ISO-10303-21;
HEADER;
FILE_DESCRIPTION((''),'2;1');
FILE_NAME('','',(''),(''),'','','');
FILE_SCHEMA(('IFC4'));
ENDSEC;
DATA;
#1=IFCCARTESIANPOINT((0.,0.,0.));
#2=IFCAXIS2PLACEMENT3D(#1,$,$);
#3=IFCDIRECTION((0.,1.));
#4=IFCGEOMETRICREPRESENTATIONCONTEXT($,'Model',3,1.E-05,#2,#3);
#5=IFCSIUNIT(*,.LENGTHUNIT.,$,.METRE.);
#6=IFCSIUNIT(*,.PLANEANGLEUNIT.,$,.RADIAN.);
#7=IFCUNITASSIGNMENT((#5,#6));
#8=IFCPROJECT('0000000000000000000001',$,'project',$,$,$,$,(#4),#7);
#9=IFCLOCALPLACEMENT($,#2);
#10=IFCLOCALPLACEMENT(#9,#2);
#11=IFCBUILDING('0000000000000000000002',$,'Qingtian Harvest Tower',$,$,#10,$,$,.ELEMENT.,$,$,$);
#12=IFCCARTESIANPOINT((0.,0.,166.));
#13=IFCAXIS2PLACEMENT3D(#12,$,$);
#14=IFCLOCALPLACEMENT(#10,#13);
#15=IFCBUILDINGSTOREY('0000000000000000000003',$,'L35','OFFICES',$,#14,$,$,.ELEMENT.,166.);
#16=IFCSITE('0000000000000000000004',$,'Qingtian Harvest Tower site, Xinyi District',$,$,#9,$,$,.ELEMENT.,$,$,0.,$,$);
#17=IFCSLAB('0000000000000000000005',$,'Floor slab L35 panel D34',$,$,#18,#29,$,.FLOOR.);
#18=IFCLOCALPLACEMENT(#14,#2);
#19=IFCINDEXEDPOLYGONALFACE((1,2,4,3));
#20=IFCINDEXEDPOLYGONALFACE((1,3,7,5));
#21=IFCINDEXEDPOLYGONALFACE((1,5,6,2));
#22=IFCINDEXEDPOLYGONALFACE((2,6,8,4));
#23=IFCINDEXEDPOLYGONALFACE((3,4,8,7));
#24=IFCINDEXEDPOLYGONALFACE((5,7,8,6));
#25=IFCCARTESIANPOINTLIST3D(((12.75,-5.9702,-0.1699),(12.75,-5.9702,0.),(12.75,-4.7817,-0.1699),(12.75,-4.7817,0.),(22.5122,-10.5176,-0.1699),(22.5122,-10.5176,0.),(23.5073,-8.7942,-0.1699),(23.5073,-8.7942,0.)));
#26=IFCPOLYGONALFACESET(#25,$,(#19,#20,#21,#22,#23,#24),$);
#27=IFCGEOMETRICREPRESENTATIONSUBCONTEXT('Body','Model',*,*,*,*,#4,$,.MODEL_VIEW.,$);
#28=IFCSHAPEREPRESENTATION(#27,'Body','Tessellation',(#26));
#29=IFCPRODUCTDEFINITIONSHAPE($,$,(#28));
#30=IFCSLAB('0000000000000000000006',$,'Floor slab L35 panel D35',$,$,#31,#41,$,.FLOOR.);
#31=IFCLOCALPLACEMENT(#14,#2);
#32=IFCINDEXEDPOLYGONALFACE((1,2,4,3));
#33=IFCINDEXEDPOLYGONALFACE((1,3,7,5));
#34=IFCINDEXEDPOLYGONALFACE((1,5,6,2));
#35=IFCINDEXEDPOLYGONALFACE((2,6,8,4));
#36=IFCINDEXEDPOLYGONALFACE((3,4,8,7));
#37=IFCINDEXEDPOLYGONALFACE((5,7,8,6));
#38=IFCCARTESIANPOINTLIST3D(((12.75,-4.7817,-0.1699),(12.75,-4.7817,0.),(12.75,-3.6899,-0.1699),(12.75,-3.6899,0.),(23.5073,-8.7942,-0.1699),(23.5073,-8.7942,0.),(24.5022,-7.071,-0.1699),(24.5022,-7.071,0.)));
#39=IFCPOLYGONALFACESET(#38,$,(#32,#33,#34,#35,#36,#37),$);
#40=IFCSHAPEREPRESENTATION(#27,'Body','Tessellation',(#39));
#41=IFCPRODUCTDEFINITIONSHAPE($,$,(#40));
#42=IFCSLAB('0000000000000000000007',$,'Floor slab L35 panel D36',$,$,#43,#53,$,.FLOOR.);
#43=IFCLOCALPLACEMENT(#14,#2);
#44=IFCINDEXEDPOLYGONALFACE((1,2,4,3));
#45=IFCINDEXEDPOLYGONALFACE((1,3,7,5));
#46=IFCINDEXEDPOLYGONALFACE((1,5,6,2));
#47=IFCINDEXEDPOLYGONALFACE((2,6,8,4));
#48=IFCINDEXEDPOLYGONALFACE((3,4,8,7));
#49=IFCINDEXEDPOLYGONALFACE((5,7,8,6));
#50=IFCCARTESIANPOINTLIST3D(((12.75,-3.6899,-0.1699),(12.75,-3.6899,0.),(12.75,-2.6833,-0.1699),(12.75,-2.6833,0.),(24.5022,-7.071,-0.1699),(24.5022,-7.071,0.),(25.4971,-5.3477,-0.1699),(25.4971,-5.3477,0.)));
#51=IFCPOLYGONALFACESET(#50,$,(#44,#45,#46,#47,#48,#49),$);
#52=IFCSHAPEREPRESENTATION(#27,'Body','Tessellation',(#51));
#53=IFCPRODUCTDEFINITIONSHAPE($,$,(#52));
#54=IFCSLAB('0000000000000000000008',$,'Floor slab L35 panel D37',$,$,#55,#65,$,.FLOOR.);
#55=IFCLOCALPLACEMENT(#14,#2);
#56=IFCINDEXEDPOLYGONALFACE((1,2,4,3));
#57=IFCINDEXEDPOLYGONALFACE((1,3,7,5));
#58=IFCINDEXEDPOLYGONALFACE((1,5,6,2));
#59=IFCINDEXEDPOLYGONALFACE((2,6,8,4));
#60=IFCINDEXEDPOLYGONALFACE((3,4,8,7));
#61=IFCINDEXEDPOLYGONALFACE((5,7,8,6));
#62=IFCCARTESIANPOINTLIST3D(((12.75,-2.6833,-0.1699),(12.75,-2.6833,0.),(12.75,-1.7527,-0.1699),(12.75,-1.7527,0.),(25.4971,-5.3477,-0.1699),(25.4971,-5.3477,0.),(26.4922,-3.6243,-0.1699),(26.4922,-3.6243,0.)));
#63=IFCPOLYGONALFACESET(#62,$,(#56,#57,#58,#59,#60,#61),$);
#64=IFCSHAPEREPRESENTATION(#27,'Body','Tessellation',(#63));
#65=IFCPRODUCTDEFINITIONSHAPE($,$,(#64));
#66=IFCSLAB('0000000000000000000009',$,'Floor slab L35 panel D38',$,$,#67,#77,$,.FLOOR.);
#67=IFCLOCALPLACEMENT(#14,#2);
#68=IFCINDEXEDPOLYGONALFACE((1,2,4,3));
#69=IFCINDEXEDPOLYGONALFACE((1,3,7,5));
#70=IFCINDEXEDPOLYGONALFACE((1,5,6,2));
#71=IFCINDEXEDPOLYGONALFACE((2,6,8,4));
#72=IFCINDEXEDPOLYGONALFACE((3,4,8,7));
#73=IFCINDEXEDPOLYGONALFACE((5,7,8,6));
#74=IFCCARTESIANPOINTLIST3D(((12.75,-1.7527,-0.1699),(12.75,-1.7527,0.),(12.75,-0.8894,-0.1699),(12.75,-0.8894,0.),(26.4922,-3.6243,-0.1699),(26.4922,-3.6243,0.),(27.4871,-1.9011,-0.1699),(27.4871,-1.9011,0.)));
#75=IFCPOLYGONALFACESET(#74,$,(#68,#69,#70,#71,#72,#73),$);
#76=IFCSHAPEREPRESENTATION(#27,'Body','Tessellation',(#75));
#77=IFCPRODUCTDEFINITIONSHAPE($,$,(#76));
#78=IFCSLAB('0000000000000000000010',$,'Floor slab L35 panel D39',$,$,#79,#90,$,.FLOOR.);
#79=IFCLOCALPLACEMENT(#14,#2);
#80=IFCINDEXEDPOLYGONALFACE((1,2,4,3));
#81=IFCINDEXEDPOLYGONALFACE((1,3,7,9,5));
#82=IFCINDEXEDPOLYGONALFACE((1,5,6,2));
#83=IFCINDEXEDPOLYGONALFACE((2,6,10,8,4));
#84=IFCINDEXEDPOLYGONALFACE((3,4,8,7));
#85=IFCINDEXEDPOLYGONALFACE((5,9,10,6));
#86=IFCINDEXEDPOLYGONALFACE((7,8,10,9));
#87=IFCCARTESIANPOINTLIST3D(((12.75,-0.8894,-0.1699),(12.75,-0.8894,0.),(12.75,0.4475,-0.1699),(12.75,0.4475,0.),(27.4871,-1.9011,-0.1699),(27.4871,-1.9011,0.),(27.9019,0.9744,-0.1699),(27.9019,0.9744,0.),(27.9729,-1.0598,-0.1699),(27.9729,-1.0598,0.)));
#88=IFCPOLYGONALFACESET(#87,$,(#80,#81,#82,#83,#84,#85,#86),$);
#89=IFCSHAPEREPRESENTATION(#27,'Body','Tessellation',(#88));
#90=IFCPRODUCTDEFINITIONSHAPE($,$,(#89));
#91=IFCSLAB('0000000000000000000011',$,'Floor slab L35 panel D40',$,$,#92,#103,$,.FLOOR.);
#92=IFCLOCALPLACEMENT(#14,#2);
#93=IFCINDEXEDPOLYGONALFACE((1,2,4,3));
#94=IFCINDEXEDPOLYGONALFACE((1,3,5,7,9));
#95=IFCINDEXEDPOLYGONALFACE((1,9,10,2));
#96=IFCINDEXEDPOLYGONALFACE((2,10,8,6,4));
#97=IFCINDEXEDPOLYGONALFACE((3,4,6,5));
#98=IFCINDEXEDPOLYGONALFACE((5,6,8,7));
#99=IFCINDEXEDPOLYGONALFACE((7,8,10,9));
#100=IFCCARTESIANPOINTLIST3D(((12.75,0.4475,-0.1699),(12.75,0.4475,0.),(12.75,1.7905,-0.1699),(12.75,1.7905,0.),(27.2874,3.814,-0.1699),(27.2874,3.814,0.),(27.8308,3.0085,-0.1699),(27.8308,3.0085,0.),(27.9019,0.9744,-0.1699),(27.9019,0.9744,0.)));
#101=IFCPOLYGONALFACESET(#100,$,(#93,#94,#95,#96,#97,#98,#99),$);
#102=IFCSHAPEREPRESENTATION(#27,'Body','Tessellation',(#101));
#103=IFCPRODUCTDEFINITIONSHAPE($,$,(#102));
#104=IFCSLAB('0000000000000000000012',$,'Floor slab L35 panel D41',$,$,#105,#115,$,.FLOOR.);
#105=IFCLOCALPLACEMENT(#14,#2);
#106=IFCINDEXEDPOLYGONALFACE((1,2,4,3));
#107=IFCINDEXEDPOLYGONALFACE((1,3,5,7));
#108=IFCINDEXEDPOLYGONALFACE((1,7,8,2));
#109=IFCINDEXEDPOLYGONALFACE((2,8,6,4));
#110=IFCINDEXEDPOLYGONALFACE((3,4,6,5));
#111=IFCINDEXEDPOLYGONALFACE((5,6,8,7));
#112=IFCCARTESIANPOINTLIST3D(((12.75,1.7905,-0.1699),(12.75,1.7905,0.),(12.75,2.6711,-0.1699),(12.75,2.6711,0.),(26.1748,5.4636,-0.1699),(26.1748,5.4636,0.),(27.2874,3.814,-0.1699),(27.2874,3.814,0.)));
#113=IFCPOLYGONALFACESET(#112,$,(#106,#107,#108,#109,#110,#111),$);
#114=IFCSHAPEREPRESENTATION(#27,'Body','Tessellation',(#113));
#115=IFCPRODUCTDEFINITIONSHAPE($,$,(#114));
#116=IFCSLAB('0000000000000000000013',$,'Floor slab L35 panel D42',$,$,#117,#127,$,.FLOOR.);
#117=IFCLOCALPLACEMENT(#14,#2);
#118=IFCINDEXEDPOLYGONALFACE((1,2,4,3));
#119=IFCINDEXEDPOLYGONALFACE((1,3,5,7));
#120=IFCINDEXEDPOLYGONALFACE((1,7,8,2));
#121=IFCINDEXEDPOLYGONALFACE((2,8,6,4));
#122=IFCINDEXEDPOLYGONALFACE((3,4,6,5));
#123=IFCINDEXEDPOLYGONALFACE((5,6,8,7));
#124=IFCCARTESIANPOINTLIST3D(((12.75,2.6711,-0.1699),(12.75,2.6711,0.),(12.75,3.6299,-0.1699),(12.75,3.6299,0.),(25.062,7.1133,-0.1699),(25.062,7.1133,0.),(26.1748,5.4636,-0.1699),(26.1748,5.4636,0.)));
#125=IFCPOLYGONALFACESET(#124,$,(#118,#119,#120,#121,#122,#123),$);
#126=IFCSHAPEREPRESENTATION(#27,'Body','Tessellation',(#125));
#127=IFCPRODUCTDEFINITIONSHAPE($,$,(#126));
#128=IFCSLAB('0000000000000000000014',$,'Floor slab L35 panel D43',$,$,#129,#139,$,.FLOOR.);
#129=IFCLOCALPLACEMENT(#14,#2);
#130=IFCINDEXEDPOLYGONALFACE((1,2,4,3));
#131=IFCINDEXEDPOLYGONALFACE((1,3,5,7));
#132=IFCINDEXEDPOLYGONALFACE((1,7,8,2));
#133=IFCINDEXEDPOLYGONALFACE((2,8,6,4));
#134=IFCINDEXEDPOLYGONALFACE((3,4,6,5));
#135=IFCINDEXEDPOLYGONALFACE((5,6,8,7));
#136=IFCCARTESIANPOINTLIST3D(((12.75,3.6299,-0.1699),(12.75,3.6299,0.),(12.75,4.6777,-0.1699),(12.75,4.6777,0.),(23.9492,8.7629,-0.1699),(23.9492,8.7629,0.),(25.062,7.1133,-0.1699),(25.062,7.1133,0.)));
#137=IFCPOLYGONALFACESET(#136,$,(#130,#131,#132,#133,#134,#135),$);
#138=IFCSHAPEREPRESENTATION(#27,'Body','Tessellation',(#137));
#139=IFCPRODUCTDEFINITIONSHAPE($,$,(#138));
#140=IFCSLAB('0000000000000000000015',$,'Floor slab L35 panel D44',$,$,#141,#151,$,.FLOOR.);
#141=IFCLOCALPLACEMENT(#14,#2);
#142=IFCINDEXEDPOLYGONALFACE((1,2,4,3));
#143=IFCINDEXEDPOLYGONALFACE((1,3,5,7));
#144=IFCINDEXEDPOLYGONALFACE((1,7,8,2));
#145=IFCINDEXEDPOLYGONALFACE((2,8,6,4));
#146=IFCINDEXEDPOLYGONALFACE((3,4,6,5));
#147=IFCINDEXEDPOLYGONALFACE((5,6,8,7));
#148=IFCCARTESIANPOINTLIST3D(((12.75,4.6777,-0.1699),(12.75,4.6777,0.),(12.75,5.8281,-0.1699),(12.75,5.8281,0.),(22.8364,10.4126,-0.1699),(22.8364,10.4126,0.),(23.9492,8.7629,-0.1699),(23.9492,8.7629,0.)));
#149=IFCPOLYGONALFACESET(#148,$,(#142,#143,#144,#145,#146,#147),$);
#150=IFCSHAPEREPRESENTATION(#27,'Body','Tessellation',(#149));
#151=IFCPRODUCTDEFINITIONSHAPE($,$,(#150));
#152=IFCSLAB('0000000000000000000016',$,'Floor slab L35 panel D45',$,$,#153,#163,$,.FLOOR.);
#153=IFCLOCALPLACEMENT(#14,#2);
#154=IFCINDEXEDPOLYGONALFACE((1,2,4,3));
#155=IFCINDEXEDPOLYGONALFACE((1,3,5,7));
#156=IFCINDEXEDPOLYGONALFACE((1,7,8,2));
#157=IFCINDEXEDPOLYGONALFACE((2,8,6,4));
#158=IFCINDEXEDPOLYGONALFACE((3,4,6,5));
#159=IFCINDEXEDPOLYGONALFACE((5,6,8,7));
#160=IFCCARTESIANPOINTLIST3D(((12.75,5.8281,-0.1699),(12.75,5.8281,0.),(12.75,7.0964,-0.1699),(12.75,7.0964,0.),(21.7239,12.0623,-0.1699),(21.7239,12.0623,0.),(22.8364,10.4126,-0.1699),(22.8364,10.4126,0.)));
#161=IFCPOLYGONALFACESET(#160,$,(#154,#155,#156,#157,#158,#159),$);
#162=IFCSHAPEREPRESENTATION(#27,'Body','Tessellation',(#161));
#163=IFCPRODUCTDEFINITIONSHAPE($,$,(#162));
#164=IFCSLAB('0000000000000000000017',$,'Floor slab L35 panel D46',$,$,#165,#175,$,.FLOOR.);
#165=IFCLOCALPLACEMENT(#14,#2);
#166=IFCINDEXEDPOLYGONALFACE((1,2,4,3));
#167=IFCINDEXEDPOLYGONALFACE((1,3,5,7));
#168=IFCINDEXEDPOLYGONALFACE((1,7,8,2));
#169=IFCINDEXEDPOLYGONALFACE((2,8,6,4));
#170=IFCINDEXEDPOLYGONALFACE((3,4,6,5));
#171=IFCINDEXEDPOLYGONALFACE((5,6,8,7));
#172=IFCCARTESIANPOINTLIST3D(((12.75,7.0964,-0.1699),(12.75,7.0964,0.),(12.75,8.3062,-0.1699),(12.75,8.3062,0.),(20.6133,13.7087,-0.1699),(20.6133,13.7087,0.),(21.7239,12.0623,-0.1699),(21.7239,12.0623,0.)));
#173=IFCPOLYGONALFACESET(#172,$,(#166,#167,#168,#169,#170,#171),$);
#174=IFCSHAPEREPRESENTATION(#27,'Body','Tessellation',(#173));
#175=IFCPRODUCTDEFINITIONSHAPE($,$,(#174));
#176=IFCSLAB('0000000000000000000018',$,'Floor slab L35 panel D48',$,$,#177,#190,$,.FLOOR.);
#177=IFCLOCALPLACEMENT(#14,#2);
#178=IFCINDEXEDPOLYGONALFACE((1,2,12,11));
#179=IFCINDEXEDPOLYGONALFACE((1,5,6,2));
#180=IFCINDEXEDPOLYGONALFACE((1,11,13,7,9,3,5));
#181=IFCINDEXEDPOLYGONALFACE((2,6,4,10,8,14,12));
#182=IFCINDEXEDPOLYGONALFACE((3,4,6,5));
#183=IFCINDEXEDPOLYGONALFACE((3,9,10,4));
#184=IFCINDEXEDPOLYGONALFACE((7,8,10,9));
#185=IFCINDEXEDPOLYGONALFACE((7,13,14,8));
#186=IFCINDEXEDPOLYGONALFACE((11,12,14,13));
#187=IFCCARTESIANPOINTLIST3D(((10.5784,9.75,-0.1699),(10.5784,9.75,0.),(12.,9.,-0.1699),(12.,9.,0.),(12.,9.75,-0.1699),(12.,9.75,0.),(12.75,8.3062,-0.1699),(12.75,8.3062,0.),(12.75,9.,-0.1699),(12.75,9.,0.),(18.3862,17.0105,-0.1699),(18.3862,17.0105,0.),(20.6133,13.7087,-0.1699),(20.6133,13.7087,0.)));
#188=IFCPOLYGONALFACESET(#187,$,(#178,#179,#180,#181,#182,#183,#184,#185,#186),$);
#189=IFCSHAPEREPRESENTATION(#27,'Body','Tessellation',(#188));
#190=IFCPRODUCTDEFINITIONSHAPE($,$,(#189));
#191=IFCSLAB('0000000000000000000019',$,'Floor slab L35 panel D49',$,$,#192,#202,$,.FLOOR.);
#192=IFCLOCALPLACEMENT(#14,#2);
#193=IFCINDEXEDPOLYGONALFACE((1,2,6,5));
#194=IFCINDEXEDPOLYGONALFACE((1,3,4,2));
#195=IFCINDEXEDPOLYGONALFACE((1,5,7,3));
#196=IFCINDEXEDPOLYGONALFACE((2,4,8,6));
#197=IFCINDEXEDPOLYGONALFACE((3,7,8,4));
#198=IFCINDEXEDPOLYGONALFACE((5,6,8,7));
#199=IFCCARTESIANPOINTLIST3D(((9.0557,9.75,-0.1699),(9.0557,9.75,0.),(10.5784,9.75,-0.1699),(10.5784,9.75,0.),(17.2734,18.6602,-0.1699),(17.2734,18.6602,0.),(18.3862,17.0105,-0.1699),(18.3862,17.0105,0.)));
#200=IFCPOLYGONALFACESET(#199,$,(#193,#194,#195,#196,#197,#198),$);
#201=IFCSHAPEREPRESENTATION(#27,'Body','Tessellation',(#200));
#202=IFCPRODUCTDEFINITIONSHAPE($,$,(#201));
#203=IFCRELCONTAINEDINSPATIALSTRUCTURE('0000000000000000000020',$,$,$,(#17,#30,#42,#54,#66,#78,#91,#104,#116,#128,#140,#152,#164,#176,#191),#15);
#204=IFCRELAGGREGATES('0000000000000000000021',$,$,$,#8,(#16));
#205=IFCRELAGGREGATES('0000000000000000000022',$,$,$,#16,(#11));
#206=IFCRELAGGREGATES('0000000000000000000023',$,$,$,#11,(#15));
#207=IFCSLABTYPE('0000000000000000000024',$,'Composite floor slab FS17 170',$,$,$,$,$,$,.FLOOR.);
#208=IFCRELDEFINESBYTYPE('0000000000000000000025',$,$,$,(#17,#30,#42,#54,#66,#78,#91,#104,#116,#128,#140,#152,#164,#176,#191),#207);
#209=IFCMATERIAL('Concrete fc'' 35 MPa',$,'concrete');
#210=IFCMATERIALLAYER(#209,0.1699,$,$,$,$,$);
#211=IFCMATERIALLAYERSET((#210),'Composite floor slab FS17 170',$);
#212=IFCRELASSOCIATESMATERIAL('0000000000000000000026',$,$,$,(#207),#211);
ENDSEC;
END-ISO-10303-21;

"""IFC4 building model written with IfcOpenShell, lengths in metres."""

from ifc_helpers import new_model, si_unit, direction, frame, origin, place, context, subcontext, project, spatial, polyline, outline, extrude, material, layer, layer_set, type_object, element, save


model = new_model("IFC4")

# Units and contexts
model_context = context("Model", 3, precision=1e-05, world=origin(), true_north=direction((0.0, 1.0)))
body_context = subcontext(model_context, "Body", "Model", "MODEL_VIEW")
ifc_project = project(units=[si_unit("LENGTHUNIT", "METRE"), si_unit("PLANEANGLEUNIT", "RADIAN")], contexts=[model_context])

# Site, building, storey
site_placement = place(None, origin())
site = spatial("IfcSite", under=ifc_project, at=site_placement, Name="Qingtian Harvest Tower site, Xinyi District", CompositionType="ELEMENT", RefElevation=0.0)
building_placement = place(site_placement, origin())
building = spatial("IfcBuilding", under=site, at=building_placement, Name="Qingtian Harvest Tower", CompositionType="ELEMENT")
storey_placement = place(building_placement, frame((0.0, 0.0, 166.0)))
storey = spatial("IfcBuildingStorey", under=building, at=storey_placement, Name="L35", Description="OFFICES", CompositionType="ELEMENT", Elevation=166.0)

# Slabs
ifc_material_1 = material(Name="Concrete fc' 35 MPa", Category="concrete")
ifc_layer_1 = layer(ifc_material_1, 0.1699)
ifc_layer_set_1 = layer_set([ifc_layer_1], Name="Composite floor slab FS17 170")
slab_type = type_object("IfcSlabType", Name="Composite floor slab FS17 170", PredefinedType="FLOOR", material=ifc_layer_set_1)
slab_1_placement = place(storey_placement, frame((0.0, 0.0, -0.1699)))
element("IfcSlab", 1, at=slab_1_placement, inside=storey, type_object=slab_type, Name="Floor slab L35 panel D34", PredefinedType="FLOOR", context=body_context, shape_type="SweptSolid", body=[
    extrude(outline(polyline([(12.75, -4.7817), (23.5073, -8.7942), (22.5122, -10.5176), (12.75, -5.9702), (12.75, -4.7817)])), origin(), (0.0, 0.0, 1.0), 0.1699),
])
slab_2_placement = place(storey_placement, frame((0.0, 0.0, -0.1699)))
element("IfcSlab", 2, at=slab_2_placement, inside=storey, type_object=slab_type, Name="Floor slab L35 panel D35", PredefinedType="FLOOR", context=body_context, shape_type="SweptSolid", body=[
    extrude(outline(polyline([(12.75, -3.6899), (24.5022, -7.071), (23.5073, -8.7942), (12.75, -4.7817), (12.75, -3.6899)])), origin(), (0.0, 0.0, 1.0), 0.1699),
])
slab_3_placement = place(storey_placement, frame((0.0, 0.0, -0.1699)))
element("IfcSlab", 3, at=slab_3_placement, inside=storey, type_object=slab_type, Name="Floor slab L35 panel D36", PredefinedType="FLOOR", context=body_context, shape_type="SweptSolid", body=[
    extrude(outline(polyline([(12.75, -2.6833), (25.4971, -5.3477), (24.5022, -7.071), (12.75, -3.6899), (12.75, -2.6833)])), origin(), (0.0, 0.0, 1.0), 0.1699),
])
slab_4_placement = place(storey_placement, frame((0.0, 0.0, -0.1699)))
element("IfcSlab", 4, at=slab_4_placement, inside=storey, type_object=slab_type, Name="Floor slab L35 panel D37", PredefinedType="FLOOR", context=body_context, shape_type="SweptSolid", body=[
    extrude(outline(polyline([(12.75, -1.7527), (26.4922, -3.6243), (25.4971, -5.3477), (12.75, -2.6833), (12.75, -1.7527)])), origin(), (0.0, 0.0, 1.0), 0.1699),
])
slab_5_placement = place(storey_placement, frame((0.0, 0.0, -0.1699)))
element("IfcSlab", 5, at=slab_5_placement, inside=storey, type_object=slab_type, Name="Floor slab L35 panel D38", PredefinedType="FLOOR", context=body_context, shape_type="SweptSolid", body=[
    extrude(outline(polyline([(12.75, -0.8894), (27.4871, -1.9011), (26.4922, -3.6243), (12.75, -1.7527), (12.75, -0.8894)])), origin(), (0.0, 0.0, 1.0), 0.1699),
])
slab_6_placement = place(storey_placement, frame((0.0, 0.0, -0.1699)))
element("IfcSlab", 6, at=slab_6_placement, inside=storey, type_object=slab_type, Name="Floor slab L35 panel D39", PredefinedType="FLOOR", context=body_context, shape_type="SweptSolid", body=[
    extrude(outline(polyline([(12.75, -0.8894), (12.75, 0.4475), (27.9019, 0.9744), (27.9729, -1.0598), (27.4871, -1.9011), (12.75, -0.8894)])), origin(), (0.0, 0.0, 1.0), 0.1699),
])
slab_7_placement = place(storey_placement, frame((0.0, 0.0, -0.1699)))
element("IfcSlab", 7, at=slab_7_placement, inside=storey, type_object=slab_type, Name="Floor slab L35 panel D40", PredefinedType="FLOOR", context=body_context, shape_type="SweptSolid", body=[
    extrude(outline(polyline([(12.75, 0.4475), (12.75, 1.7905), (27.2874, 3.814), (27.8308, 3.0085), (27.9019, 0.9744), (12.75, 0.4475)])), origin(), (0.0, 0.0, 1.0), 0.1699),
])
slab_8_placement = place(storey_placement, frame((0.0, 0.0, -0.1699)))
element("IfcSlab", 8, at=slab_8_placement, inside=storey, type_object=slab_type, Name="Floor slab L35 panel D41", PredefinedType="FLOOR", context=body_context, shape_type="SweptSolid", body=[
    extrude(outline(polyline([(12.75, 2.6711), (26.1748, 5.4636), (27.2874, 3.814), (12.75, 1.7905), (12.75, 2.6711)])), origin(), (0.0, 0.0, 1.0), 0.1699),
])
slab_9_placement = place(storey_placement, frame((0.0, 0.0, -0.1699)))
element("IfcSlab", 9, at=slab_9_placement, inside=storey, type_object=slab_type, Name="Floor slab L35 panel D42", PredefinedType="FLOOR", context=body_context, shape_type="SweptSolid", body=[
    extrude(outline(polyline([(12.75, 3.6299), (25.062, 7.1133), (26.1748, 5.4636), (12.75, 2.6711), (12.75, 3.6299)])), origin(), (0.0, 0.0, 1.0), 0.1699),
])
slab_10_placement = place(storey_placement, frame((0.0, 0.0, -0.1699)))
element("IfcSlab", 10, at=slab_10_placement, inside=storey, type_object=slab_type, Name="Floor slab L35 panel D43", PredefinedType="FLOOR", context=body_context, shape_type="SweptSolid", body=[
    extrude(outline(polyline([(12.75, 4.6777), (23.9492, 8.7629), (25.062, 7.1133), (12.75, 3.6299), (12.75, 4.6777)])), origin(), (0.0, 0.0, 1.0), 0.1699),
])
slab_11_placement = place(storey_placement, frame((0.0, 0.0, -0.1699)))
element("IfcSlab", 11, at=slab_11_placement, inside=storey, type_object=slab_type, Name="Floor slab L35 panel D44", PredefinedType="FLOOR", context=body_context, shape_type="SweptSolid", body=[
    extrude(outline(polyline([(12.75, 5.8281), (22.8364, 10.4126), (23.9492, 8.7629), (12.75, 4.6777), (12.75, 5.8281)])), origin(), (0.0, 0.0, 1.0), 0.1699),
])
slab_12_placement = place(storey_placement, frame((0.0, 0.0, -0.1699)))
element("IfcSlab", 12, at=slab_12_placement, inside=storey, type_object=slab_type, Name="Floor slab L35 panel D45", PredefinedType="FLOOR", context=body_context, shape_type="SweptSolid", body=[
    extrude(outline(polyline([(12.75, 7.0964), (21.7239, 12.0623), (22.8364, 10.4126), (12.75, 5.8281), (12.75, 7.0964)])), origin(), (0.0, 0.0, 1.0), 0.1699),
])
slab_13_placement = place(storey_placement, frame((0.0, 0.0, -0.1699)))
element("IfcSlab", 13, at=slab_13_placement, inside=storey, type_object=slab_type, Name="Floor slab L35 panel D46", PredefinedType="FLOOR", context=body_context, shape_type="SweptSolid", body=[
    extrude(outline(polyline([(12.75, 8.3062), (20.6133, 13.7087), (21.7239, 12.0623), (12.75, 7.0964), (12.75, 8.3062)])), origin(), (0.0, 0.0, 1.0), 0.1699),
])
slab_14_placement = place(storey_placement, frame((0.0, 0.0, -0.1699)))
element("IfcSlab", 14, at=slab_14_placement, inside=storey, type_object=slab_type, Name="Floor slab L35 panel D48", PredefinedType="FLOOR", context=body_context, shape_type="SweptSolid", body=[
    extrude(outline(polyline([(18.3862, 17.0105), (20.6133, 13.7087), (12.75, 8.3062), (12.75, 9.0), (12.0, 9.0), (12.0, 9.75), (10.5784, 9.75), (18.3862, 17.0105)])), origin(), (0.0, 0.0, 1.0), 0.1699),
])
slab_15_placement = place(storey_placement, frame((0.0, 0.0, -0.1699)))
element("IfcSlab", 15, at=slab_15_placement, inside=storey, type_object=slab_type, Name="Floor slab L35 panel D49", PredefinedType="FLOOR", context=body_context, shape_type="SweptSolid", body=[
    extrude(outline(polyline([(9.0557, 9.75), (17.2734, 18.6602), (18.3862, 17.0105), (10.5784, 9.75), (9.0557, 9.75)])), origin(), (0.0, 0.0, 1.0), 0.1699),
])

save(model, "model.ifc")
